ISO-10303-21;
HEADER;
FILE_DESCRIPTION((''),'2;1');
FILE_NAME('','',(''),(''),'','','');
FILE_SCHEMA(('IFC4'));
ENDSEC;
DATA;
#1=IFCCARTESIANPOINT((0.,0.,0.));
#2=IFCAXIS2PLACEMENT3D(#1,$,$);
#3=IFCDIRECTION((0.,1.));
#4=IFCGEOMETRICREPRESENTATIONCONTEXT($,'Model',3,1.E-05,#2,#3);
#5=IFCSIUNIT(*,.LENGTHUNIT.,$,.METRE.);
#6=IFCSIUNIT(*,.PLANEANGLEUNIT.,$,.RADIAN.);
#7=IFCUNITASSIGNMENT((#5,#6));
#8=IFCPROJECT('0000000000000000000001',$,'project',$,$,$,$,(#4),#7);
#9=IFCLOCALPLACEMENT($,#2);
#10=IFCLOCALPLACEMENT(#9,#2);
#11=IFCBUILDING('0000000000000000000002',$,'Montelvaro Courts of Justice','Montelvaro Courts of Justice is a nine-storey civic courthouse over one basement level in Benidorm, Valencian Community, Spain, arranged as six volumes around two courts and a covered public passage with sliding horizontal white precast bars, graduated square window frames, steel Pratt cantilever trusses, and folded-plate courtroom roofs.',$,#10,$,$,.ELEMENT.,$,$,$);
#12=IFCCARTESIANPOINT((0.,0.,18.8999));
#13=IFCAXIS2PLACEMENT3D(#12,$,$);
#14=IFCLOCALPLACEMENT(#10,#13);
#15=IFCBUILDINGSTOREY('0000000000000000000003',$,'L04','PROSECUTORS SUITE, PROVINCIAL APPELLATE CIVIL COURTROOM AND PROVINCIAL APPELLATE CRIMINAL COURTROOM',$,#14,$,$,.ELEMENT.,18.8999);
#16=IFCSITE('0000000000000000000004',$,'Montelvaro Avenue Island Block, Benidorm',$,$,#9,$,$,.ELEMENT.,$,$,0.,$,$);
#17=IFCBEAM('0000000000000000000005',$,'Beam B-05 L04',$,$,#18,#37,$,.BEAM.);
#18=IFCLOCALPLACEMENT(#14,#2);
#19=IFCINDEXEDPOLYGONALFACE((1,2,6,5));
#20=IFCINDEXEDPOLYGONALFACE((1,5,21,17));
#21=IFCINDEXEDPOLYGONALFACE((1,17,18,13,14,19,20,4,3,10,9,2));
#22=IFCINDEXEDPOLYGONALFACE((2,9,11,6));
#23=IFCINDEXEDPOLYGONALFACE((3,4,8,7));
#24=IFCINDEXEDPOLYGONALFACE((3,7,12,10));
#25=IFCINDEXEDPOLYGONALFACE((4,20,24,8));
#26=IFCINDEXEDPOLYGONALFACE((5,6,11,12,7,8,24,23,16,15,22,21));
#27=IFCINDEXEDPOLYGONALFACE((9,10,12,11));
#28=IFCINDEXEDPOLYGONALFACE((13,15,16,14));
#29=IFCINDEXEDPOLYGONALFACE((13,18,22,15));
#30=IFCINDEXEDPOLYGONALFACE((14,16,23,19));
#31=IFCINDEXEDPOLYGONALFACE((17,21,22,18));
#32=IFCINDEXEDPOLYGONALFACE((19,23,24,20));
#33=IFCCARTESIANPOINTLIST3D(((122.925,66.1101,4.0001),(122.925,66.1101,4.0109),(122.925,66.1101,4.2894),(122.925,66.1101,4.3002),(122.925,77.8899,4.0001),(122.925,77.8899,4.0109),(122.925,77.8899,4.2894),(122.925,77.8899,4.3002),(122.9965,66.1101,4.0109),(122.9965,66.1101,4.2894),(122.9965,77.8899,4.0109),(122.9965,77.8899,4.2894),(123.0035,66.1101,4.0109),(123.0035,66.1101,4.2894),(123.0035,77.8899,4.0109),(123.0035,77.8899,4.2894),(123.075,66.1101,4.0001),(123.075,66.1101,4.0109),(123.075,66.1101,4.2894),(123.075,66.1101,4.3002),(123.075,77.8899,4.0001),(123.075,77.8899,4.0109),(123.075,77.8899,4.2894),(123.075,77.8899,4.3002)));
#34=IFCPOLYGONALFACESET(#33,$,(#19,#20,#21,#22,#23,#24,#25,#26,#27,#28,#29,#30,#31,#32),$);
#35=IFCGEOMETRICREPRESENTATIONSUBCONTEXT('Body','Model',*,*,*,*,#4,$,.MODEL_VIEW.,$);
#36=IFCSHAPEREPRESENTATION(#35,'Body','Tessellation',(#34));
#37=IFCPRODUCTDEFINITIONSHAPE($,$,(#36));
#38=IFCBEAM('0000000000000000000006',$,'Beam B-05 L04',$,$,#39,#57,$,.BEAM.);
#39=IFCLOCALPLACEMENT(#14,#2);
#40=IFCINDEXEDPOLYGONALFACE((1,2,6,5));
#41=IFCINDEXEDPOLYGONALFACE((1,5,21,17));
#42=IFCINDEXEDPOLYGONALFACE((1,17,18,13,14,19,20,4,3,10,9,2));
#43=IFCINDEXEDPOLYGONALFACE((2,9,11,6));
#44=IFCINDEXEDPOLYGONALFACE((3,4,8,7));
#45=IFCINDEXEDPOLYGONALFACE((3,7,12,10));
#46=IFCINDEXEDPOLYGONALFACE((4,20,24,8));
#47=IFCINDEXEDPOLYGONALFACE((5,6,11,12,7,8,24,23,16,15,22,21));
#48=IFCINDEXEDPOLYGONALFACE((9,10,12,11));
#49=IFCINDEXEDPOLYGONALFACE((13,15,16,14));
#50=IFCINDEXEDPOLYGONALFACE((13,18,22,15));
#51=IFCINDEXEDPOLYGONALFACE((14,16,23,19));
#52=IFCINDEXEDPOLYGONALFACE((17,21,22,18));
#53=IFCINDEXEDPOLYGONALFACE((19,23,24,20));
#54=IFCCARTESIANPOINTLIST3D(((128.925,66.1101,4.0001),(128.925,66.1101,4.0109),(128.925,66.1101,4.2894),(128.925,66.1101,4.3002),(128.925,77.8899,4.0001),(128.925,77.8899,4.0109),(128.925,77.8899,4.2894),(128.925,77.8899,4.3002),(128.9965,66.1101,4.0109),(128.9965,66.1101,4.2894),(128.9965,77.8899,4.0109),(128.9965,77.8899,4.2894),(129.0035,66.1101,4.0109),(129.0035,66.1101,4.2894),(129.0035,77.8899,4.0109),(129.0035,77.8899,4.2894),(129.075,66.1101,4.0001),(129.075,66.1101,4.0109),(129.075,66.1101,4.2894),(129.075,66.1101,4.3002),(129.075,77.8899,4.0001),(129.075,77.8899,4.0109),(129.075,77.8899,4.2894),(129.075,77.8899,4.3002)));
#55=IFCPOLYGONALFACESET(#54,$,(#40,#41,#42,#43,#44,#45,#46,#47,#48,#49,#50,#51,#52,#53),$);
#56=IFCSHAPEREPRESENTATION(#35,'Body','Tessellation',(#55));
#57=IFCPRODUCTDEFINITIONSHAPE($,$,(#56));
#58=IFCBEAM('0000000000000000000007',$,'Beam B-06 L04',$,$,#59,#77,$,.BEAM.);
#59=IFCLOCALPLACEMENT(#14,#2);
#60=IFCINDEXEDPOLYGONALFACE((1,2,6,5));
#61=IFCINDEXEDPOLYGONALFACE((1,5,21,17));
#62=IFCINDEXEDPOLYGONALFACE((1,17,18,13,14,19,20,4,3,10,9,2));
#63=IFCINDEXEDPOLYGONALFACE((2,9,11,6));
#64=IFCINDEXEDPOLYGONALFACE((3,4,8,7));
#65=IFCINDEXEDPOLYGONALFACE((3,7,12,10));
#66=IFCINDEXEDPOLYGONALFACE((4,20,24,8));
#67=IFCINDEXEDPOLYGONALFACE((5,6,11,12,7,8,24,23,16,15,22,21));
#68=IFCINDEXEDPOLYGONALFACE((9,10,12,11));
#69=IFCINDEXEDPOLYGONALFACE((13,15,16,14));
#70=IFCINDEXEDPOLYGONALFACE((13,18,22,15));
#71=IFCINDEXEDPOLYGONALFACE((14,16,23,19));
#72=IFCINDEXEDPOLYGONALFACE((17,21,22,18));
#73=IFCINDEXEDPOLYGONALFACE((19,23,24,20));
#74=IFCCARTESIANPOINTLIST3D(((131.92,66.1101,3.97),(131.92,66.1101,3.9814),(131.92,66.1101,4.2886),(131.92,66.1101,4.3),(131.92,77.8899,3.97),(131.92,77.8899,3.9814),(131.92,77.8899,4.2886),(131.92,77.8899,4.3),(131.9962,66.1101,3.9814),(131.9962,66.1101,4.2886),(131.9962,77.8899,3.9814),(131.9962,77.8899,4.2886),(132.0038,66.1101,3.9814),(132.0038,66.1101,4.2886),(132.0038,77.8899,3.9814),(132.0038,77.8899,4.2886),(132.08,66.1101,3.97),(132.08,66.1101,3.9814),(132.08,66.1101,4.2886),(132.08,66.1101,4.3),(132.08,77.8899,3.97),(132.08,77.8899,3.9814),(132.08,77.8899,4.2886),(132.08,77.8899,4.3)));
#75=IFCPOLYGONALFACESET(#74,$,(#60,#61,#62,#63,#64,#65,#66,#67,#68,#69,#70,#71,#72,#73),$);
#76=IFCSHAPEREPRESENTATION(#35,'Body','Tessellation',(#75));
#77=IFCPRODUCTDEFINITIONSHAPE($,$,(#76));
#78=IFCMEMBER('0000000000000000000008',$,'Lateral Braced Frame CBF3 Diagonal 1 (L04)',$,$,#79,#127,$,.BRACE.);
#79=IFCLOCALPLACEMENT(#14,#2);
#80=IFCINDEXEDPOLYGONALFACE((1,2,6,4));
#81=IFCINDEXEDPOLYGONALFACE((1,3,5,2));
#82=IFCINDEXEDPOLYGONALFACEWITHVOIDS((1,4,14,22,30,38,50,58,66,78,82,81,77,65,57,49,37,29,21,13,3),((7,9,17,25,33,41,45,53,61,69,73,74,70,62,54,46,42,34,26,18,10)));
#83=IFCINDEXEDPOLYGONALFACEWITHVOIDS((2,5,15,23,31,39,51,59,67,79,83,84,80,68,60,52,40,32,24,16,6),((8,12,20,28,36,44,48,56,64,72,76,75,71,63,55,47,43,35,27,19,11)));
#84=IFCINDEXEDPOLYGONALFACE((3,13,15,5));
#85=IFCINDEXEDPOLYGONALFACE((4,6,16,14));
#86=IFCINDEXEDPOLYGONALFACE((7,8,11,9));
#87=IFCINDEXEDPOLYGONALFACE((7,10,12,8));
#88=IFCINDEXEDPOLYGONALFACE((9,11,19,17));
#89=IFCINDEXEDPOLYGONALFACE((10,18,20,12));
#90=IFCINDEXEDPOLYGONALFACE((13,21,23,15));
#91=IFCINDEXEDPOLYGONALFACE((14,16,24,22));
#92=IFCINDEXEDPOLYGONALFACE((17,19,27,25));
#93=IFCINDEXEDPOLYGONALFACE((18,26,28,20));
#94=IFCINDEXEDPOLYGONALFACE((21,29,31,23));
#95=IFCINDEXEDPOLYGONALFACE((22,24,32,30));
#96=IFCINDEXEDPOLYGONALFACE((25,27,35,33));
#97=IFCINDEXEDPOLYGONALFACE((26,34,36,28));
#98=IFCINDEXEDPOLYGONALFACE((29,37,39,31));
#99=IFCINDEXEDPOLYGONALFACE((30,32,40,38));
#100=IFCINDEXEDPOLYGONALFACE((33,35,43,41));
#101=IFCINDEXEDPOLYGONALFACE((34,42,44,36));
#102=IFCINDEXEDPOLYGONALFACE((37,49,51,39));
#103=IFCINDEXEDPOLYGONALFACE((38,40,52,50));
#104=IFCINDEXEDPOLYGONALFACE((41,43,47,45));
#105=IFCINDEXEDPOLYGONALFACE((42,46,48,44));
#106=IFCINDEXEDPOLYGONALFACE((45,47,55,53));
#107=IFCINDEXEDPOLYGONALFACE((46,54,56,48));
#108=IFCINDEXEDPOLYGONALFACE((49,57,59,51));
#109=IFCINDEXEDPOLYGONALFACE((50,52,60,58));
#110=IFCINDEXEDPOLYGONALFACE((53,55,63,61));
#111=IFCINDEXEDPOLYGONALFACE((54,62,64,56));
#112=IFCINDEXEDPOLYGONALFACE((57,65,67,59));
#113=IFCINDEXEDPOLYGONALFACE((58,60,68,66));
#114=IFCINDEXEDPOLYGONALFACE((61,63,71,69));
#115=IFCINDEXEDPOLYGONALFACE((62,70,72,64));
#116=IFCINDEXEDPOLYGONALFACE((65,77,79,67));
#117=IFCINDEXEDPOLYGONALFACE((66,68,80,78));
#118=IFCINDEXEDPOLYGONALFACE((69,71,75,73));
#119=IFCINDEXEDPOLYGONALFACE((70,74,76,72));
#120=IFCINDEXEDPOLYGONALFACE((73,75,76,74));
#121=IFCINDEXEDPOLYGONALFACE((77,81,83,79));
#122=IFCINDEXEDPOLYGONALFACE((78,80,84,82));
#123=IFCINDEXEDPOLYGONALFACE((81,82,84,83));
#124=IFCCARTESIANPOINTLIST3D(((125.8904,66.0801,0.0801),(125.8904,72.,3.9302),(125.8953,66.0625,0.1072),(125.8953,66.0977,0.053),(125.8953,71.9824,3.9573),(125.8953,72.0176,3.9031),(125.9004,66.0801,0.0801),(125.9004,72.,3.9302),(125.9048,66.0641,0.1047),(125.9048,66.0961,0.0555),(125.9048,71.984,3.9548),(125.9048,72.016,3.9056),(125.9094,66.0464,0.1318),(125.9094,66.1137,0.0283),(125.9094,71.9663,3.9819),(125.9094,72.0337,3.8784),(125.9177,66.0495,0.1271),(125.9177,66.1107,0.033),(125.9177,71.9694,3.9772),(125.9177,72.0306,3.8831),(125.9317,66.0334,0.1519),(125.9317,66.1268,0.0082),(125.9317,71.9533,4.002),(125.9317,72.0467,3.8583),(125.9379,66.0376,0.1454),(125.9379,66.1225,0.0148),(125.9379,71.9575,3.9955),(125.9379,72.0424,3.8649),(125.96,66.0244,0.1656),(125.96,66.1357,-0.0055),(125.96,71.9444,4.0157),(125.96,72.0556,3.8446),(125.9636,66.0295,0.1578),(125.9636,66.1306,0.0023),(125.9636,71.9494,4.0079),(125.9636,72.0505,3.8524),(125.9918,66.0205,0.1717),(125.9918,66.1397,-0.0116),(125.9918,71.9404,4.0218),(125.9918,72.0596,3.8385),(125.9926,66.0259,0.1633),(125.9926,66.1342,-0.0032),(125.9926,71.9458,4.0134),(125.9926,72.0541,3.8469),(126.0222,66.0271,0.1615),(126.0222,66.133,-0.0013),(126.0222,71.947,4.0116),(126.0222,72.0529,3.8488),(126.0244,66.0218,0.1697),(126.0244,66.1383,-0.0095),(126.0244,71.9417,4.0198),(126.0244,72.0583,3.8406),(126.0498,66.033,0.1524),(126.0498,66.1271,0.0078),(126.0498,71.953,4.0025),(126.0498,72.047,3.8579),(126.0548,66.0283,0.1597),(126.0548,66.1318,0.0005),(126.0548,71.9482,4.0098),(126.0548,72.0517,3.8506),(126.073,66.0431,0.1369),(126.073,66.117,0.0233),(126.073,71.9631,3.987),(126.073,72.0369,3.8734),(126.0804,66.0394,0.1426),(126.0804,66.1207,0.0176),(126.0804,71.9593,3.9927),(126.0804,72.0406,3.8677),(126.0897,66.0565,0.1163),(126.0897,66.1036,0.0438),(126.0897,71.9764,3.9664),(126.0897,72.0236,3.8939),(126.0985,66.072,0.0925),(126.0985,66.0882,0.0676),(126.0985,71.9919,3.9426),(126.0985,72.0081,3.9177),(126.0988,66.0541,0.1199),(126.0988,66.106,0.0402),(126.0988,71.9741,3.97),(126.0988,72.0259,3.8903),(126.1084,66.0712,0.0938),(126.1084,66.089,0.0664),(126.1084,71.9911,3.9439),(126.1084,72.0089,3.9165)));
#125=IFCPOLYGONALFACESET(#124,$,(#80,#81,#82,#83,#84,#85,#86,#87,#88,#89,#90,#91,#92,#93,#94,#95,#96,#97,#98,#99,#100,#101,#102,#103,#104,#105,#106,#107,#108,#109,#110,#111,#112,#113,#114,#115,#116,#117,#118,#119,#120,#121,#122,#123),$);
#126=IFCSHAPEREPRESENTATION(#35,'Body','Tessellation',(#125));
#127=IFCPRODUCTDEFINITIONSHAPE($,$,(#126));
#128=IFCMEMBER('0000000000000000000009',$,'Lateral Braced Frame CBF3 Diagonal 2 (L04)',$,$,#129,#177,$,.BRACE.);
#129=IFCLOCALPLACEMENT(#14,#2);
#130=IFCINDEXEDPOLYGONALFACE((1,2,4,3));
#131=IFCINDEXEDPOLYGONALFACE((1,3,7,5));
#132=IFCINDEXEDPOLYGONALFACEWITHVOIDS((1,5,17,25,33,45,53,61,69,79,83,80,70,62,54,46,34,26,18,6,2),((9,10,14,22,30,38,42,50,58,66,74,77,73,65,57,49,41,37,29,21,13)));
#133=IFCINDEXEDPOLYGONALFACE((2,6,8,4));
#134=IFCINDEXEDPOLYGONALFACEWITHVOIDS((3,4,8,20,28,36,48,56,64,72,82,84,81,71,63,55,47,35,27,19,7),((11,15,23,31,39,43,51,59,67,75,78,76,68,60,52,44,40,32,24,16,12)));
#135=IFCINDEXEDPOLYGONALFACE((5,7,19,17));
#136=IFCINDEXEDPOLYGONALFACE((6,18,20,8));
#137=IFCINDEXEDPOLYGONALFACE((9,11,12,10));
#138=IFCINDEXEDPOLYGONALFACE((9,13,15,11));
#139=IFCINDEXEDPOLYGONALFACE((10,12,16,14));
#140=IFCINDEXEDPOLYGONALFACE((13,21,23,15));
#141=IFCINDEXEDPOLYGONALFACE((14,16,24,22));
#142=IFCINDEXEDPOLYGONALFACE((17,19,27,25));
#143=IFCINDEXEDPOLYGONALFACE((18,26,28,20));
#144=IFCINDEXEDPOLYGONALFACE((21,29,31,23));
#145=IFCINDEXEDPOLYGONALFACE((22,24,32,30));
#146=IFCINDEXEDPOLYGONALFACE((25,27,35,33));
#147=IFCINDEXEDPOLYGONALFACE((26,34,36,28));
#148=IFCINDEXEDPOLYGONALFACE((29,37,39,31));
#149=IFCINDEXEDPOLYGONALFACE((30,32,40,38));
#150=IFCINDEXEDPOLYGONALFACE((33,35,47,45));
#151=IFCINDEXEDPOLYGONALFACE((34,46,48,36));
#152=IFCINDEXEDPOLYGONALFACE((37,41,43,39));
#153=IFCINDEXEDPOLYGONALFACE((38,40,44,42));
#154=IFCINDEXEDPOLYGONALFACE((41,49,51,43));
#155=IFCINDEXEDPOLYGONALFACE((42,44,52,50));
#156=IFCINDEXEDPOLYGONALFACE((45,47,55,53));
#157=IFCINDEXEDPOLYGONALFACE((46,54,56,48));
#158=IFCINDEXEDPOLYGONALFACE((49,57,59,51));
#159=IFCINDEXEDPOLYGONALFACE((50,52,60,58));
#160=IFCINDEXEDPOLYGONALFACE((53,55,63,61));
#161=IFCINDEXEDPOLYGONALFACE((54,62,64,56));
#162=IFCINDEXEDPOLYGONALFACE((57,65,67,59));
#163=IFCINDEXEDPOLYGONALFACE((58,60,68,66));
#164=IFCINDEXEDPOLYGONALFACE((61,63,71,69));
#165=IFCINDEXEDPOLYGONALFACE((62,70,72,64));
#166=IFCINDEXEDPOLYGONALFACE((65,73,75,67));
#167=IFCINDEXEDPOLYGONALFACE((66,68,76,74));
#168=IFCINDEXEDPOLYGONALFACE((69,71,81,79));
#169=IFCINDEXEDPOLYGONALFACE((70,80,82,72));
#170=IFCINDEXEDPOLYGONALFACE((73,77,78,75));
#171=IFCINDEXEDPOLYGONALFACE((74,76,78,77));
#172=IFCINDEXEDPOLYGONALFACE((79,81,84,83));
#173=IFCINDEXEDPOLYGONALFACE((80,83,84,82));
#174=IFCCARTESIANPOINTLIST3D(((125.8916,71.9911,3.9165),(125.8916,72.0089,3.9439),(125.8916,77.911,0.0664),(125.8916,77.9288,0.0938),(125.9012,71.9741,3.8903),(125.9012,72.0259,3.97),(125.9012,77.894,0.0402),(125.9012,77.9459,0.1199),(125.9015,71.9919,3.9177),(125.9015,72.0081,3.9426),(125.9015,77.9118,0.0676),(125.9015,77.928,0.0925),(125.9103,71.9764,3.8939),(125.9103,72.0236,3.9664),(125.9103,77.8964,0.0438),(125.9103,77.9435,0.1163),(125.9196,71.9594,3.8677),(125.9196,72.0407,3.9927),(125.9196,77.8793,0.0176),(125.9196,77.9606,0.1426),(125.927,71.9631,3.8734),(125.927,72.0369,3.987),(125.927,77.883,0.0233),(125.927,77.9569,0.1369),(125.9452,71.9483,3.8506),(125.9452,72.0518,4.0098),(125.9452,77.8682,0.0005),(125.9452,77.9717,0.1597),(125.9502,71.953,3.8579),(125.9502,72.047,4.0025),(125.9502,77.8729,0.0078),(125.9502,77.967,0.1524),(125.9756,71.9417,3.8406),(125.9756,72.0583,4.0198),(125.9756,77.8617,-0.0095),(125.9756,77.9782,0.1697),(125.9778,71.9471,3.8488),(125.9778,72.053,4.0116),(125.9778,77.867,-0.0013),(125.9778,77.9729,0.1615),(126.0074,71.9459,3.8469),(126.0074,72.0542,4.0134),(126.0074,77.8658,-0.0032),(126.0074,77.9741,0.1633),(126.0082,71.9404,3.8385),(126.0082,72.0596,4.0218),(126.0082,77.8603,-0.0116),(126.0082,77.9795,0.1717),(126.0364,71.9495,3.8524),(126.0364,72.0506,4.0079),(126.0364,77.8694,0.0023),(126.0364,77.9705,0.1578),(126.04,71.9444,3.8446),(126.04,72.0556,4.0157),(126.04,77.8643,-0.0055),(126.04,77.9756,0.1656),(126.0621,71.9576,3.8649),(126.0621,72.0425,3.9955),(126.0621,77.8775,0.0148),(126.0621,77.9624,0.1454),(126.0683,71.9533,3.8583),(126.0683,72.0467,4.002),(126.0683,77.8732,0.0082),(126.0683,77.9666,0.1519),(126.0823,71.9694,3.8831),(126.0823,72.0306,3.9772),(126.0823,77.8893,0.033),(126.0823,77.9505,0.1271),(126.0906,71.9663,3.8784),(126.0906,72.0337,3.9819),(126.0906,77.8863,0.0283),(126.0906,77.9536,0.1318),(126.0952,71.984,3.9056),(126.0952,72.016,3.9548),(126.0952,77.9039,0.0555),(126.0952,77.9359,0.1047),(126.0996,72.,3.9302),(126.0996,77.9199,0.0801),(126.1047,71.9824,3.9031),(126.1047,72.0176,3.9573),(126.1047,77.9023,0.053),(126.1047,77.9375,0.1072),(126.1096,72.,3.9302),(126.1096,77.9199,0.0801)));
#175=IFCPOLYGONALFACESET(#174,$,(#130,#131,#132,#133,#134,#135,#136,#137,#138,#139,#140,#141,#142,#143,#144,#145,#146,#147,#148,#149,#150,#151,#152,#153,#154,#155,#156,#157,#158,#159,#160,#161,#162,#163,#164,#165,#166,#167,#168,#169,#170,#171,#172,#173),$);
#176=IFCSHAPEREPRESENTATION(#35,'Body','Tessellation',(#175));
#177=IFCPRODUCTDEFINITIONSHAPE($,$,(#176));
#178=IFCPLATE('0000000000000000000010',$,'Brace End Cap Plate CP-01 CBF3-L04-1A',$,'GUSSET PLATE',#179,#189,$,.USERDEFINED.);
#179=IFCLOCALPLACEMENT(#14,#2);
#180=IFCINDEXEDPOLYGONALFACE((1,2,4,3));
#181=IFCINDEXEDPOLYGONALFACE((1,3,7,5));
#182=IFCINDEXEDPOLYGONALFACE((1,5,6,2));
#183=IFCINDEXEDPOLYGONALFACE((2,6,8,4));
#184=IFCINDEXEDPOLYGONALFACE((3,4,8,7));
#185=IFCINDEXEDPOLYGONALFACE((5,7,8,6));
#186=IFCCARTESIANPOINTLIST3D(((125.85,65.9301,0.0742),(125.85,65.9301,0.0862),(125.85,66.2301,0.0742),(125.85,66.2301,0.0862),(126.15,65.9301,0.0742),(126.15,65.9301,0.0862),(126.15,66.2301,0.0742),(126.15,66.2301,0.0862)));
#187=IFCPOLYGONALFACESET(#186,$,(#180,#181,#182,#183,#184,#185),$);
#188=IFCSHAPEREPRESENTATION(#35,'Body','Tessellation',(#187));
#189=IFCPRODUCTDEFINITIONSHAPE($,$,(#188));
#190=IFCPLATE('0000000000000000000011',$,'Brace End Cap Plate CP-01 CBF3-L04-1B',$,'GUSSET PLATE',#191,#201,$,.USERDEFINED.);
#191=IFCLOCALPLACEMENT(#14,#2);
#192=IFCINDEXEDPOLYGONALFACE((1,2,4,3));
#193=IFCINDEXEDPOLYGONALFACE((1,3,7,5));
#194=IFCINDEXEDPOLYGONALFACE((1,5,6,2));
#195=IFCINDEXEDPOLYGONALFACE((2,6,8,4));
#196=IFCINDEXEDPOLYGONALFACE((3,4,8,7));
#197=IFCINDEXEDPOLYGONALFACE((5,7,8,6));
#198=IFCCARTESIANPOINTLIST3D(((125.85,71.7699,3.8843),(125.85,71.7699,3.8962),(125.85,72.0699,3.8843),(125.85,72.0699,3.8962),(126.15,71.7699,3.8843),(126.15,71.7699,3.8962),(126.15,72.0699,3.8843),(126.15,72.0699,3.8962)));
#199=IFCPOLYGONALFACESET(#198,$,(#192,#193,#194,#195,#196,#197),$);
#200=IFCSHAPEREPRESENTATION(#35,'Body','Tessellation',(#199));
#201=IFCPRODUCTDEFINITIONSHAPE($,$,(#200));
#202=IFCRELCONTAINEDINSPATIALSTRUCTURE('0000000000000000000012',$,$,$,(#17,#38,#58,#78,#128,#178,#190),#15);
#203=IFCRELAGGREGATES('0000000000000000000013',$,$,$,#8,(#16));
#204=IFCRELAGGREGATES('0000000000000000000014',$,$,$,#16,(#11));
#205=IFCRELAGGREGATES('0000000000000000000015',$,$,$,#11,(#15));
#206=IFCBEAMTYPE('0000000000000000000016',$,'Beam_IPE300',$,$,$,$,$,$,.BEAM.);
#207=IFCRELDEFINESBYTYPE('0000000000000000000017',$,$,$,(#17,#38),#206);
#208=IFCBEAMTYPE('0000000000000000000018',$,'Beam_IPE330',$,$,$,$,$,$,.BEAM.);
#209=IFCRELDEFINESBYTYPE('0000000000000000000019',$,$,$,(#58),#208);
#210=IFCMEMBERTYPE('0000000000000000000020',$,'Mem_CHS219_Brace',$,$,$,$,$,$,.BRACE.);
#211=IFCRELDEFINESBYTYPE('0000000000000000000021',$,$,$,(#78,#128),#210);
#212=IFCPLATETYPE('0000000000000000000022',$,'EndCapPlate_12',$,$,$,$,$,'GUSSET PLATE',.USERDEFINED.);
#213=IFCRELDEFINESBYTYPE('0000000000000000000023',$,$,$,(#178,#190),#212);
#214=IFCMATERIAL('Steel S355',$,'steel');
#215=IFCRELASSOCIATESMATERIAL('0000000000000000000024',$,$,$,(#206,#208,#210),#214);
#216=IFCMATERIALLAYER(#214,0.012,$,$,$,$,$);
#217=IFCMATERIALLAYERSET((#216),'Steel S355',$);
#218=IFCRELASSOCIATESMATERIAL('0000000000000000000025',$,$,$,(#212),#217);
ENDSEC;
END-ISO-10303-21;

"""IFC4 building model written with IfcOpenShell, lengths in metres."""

from ifc_helpers import new_model, si_unit, direction, frame, origin, origin_2d, place, context, subcontext, project, spatial, rectangle, hollow_circle, i_section, extrude, material, layer, layer_set, material_profile, profile_set, type_object, element, save


model = new_model("IFC4")

# Units and contexts
model_context = context("Model", 3, precision=1e-05, world=origin(), true_north=direction((0.0, 1.0)))
body_context = subcontext(model_context, "Body", "Model", "MODEL_VIEW")
ifc_project = project(units=[si_unit("LENGTHUNIT", "METRE"), si_unit("PLANEANGLEUNIT", "RADIAN")], contexts=[model_context])

# Site, building, storey
site_placement = place(None, origin())
site = spatial("IfcSite", under=ifc_project, at=site_placement, Name="Montelvaro Avenue Island Block, Benidorm", CompositionType="ELEMENT", RefElevation=0.0)
building_placement = place(site_placement, origin())
building = spatial("IfcBuilding", under=site, at=building_placement, Name="Montelvaro Courts of Justice", Description="Montelvaro Courts of Justice is a nine-storey civic courthouse over one basement level in Benidorm, Valencian Community, Spain, arranged as six volumes around two courts and a covered public passage with sliding horizontal white precast bars, graduated square window frames, steel Pratt cantilever trusses, and folded-plate courtroom roofs.", CompositionType="ELEMENT")
storey_placement = place(building_placement, frame((0.0, 0.0, 18.8999)))
storey = spatial("IfcBuildingStorey", under=building, at=storey_placement, Name="L04", Description="PROSECUTORS SUITE, PROVINCIAL APPELLATE CIVIL COURTROOM AND PROVINCIAL APPELLATE CRIMINAL COURTROOM", CompositionType="ELEMENT", Elevation=18.8999)

# Beams
ifc_material_1 = material(Name="Steel S355", Category="steel")
ifc_material_profile_1 = material_profile(ifc_material_1, i_section(OverallWidth=0.1499, OverallDepth=0.3, WebThickness=0.0071, FlangeThickness=0.0107, at=origin_2d()), Name="IPE 300")
ifc_profile_set_1 = profile_set([ifc_material_profile_1], Name="Steel S355")
beam_type_1 = type_object("IfcBeamType", Name="Beam_IPE300", PredefinedType="BEAM", material=ifc_profile_set_1)
for number, where, z_axis, x_axis, name in (
    (1, (123.0, 66.1101, 4.1501), (0.0, 1.0, 0.0), (-1.0, 0.0, 0.0), "Beam B-05 L04"),
    (2, (129.0, 66.1101, 4.1501), (0.0, 1.0, 0.0), (-1.0, 0.0, 0.0), "Beam B-05 L04"),
):
    element("IfcBeam", number, at=place(storey_placement, frame(where, z_axis=z_axis, x_axis=x_axis)), inside=storey, type_object=beam_type_1, Name=name, PredefinedType="BEAM", context=body_context, shape_type="SweptSolid", body=[
        extrude(i_section(OverallWidth=0.1499, OverallDepth=0.3, WebThickness=0.0071, FlangeThickness=0.0107, at=origin_2d()), origin(), (0.0, 0.0, 1.0), 11.7798),
    ])
ifc_material_profile_2 = material_profile(ifc_material_1, i_section(OverallWidth=0.1599, OverallDepth=0.3301, WebThickness=0.0076, FlangeThickness=0.0115, at=origin_2d()), Name="IPE 330")
ifc_profile_set_2 = profile_set([ifc_material_profile_2], Name="Steel S355")
beam_type_2 = type_object("IfcBeamType", Name="Beam_IPE330", PredefinedType="BEAM", material=ifc_profile_set_2)
beam_placement = place(storey_placement, frame((132.0, 66.1101, 4.135), z_axis=(0.0, 1.0, 0.0), x_axis=(-1.0, 0.0, 0.0)))
element("IfcBeam", 3, at=beam_placement, inside=storey, type_object=beam_type_2, Name="Beam B-06 L04", PredefinedType="BEAM", context=body_context, shape_type="SweptSolid", body=[
    extrude(i_section(OverallWidth=0.1599, OverallDepth=0.3301, WebThickness=0.0076, FlangeThickness=0.0115, at=origin_2d()), origin(), (0.0, 0.0, 1.0), 11.7798),
])

# Members
ifc_material_profile_3 = material_profile(ifc_material_1, hollow_circle(Radius=0.1096, WallThickness=0.01, at=origin_2d()), Name="CHS 219.1x10")
ifc_profile_set_3 = profile_set([ifc_material_profile_3], Name="Steel S355")
member_type = type_object("IfcMemberType", Name="Mem_CHS219_Brace", PredefinedType="BRACE", material=ifc_profile_set_3)
for number, where, z_axis, x_axis, name in (
    (4, (126.0, 66.0801, 0.0801), (0.0, 0.838305, 0.545202), (-1.0, 0.0, 0.0), "Lateral Braced Frame CBF3 Diagonal 1 (L04)"),
    (5, (126.0, 77.9199, 0.0801), (0.0, -0.838305, 0.545202), (1.0, 0.0, 0.0), "Lateral Braced Frame CBF3 Diagonal 2 (L04)"),
):
    element("IfcMember", number, at=place(storey_placement, frame(where, z_axis=z_axis, x_axis=x_axis)), inside=storey, type_object=member_type, Name=name, PredefinedType="BRACE", context=body_context, shape_type="SweptSolid", body=[
        extrude(hollow_circle(Radius=0.1096, WallThickness=0.01, at=origin_2d()), origin(), (0.0, 0.0, 1.0), 7.0618),
    ])

# Plates
ifc_layer_1 = layer(ifc_material_1, 0.012)
ifc_layer_set_1 = layer_set([ifc_layer_1], Name="Steel S355")
plate_type_1 = type_object("IfcPlateType", Name="EndCapPlate_12", ElementType="GUSSET PLATE", PredefinedType="USERDEFINED", material=ifc_layer_set_1)
for number, where, z_axis, x_axis, name in (
    (6, (126.0, 66.0801, 0.0742), (0.0, 0.0, 1.0), (1.0, 0.0, 0.0), "Brace End Cap Plate CP-01 CBF3-L04-1A"),
    (7, (126.0, 71.9199, 3.8843), (0.0, 0.0, 1.0), (1.0, 0.0, 0.0), "Brace End Cap Plate CP-01 CBF3-L04-1B"),
):
    element("IfcPlate", number, at=place(storey_placement, frame(where, z_axis=z_axis, x_axis=x_axis)), inside=storey, type_object=plate_type_1, Name=name, ObjectType="GUSSET PLATE", PredefinedType="USERDEFINED", context=body_context, shape_type="SweptSolid", body=[
        extrude(rectangle(XDim=0.3, YDim=0.3, at=origin_2d()), origin(), (0.0, 0.0, 1.0), 0.012),
    ])

save(model, "model.ifc")
